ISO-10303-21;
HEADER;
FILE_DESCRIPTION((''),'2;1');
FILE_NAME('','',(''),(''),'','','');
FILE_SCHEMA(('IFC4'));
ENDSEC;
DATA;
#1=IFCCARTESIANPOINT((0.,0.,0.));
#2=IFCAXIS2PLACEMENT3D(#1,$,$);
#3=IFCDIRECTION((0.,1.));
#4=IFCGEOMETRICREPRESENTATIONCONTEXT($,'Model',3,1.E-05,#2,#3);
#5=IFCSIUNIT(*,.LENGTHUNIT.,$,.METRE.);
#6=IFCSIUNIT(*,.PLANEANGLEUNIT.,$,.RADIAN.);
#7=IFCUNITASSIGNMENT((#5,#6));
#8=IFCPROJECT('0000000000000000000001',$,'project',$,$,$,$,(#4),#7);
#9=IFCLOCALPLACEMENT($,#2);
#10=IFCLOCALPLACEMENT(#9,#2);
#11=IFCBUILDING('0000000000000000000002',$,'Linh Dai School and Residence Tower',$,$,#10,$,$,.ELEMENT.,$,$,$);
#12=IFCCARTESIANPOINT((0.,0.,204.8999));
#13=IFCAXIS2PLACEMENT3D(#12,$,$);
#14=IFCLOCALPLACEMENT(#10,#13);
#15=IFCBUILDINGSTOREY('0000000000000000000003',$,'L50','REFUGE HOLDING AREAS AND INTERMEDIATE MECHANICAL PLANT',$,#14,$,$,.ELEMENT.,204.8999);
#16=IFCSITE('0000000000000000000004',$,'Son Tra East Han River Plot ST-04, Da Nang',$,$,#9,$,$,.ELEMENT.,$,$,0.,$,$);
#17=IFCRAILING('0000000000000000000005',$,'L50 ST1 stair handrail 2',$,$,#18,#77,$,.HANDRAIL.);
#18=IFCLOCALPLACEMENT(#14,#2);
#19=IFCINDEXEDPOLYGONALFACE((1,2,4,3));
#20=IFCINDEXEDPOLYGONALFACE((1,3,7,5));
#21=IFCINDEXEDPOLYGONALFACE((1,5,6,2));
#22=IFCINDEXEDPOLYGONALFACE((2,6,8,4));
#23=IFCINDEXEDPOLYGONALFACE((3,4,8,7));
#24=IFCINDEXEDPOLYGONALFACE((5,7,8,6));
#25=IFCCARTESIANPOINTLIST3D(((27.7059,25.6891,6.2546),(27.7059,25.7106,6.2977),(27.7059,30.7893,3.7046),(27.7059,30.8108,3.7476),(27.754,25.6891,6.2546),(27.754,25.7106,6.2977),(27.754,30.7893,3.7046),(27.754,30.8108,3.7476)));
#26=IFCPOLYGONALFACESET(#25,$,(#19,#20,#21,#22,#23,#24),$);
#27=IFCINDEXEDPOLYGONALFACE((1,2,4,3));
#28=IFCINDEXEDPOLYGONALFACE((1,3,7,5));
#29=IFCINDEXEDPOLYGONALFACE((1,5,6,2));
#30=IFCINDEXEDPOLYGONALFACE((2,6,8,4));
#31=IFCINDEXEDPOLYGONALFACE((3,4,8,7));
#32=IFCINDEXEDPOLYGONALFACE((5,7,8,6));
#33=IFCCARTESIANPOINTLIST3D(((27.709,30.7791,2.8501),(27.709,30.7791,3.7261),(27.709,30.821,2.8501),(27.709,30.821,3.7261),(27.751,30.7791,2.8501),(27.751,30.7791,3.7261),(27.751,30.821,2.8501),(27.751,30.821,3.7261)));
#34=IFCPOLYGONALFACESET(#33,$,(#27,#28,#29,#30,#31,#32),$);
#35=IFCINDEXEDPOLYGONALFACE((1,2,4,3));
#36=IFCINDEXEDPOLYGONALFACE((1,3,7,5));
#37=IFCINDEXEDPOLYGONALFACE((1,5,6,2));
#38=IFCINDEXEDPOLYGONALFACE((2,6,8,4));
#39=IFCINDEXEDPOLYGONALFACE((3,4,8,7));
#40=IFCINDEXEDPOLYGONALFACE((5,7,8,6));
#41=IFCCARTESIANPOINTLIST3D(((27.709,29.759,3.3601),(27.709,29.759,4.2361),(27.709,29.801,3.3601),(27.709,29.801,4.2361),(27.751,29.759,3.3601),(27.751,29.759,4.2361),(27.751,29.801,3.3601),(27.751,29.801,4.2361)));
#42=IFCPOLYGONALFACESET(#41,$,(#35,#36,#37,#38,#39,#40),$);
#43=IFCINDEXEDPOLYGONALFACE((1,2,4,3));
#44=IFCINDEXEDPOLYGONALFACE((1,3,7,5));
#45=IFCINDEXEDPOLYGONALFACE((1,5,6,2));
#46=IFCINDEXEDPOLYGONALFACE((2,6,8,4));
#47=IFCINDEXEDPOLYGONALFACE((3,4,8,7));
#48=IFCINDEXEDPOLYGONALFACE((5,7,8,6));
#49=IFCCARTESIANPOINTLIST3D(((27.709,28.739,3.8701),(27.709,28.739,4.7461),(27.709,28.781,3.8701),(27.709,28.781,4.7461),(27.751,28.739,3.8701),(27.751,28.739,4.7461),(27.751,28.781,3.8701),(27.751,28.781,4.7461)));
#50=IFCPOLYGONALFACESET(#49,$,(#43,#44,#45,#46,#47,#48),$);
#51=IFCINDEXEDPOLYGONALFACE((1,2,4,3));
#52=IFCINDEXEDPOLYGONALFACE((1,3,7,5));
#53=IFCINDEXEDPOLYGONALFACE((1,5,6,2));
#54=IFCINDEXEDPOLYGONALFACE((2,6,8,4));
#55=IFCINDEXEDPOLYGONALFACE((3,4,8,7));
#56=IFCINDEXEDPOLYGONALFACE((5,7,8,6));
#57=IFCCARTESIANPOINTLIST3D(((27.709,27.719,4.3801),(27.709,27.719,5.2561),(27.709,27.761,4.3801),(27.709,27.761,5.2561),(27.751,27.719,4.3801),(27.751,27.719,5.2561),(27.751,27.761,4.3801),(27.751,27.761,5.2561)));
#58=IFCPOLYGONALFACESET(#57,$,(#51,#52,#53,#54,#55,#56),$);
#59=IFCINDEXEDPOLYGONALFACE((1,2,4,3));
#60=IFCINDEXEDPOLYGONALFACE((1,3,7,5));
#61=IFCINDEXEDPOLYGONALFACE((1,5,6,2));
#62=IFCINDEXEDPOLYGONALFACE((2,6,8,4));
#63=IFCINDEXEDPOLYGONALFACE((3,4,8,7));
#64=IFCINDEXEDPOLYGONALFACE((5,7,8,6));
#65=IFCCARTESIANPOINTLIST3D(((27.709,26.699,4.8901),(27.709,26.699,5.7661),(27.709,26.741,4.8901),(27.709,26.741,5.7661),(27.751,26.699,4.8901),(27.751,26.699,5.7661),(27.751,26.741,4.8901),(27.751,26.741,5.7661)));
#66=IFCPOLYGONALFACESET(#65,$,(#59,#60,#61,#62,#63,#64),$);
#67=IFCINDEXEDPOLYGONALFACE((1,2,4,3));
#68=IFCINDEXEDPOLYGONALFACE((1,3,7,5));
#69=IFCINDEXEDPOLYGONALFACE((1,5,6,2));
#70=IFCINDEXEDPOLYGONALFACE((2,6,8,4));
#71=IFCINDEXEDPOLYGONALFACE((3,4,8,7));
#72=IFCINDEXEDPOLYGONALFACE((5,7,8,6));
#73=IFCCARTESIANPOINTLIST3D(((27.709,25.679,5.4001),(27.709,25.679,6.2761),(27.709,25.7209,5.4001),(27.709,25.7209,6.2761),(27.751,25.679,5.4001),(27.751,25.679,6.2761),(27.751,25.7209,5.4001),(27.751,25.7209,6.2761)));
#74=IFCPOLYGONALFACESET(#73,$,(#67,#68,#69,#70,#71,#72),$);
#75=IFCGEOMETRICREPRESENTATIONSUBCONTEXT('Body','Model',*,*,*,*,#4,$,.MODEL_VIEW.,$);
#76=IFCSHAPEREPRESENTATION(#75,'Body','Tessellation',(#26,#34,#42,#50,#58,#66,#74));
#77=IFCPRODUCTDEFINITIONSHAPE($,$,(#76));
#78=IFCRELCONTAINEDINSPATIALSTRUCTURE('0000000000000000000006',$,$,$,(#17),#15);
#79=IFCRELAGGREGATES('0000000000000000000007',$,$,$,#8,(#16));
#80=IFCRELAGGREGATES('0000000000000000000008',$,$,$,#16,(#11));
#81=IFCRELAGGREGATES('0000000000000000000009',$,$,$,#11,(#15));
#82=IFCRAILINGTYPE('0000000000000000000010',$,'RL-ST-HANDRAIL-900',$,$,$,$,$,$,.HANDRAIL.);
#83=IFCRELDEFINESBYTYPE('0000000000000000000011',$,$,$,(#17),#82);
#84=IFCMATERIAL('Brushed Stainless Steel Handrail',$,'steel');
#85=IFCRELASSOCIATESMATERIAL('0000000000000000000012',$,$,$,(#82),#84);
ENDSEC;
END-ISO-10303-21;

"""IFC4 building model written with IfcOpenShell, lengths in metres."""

from ifc_helpers import new_model, si_unit, direction, frame, origin, origin_2d, place, context, subcontext, project, spatial, rectangle, extrude, source, transform, mapped, material, type_object, element, save


model = new_model("IFC4")

# Units and contexts
model_context = context("Model", 3, precision=1e-05, world=origin(), true_north=direction((0.0, 1.0)))
body_context = subcontext(model_context, "Body", "Model", "MODEL_VIEW")
ifc_project = project(units=[si_unit("LENGTHUNIT", "METRE"), si_unit("PLANEANGLEUNIT", "RADIAN")], contexts=[model_context])

# Site, building, storey
site_placement = place(None, origin())
site = spatial("IfcSite", under=ifc_project, at=site_placement, Name="Son Tra East Han River Plot ST-04, Da Nang", CompositionType="ELEMENT", RefElevation=0.0)
building_placement = place(site_placement, origin())
building = spatial("IfcBuilding", under=site, at=building_placement, Name="Linh Dai School and Residence Tower", CompositionType="ELEMENT")
storey_placement = place(building_placement, frame((0.0, 0.0, 204.8999)))
storey = spatial("IfcBuildingStorey", under=building, at=storey_placement, Name="L50", Description="REFUGE HOLDING AREAS AND INTERMEDIATE MECHANICAL PLANT", CompositionType="ELEMENT", Elevation=204.8999)

# Railing
ifc_material_1 = material(Name="Brushed Stainless Steel Handrail", Category="steel")
railing_type_1 = type_object("IfcRailingType", Name="RL-ST-HANDRAIL-900", PredefinedType="HANDRAIL", material=ifc_material_1)
shared_shape_1 = source(origin(), body_context, "Body", "SweptSolid", [
    extrude(rectangle(XDim=0.0481, YDim=0.0481, at=origin_2d()), frame((0.0, 0.0, 0.876), z_axis=(0.0, -0.894427, 0.447214), x_axis=(1.0, 0.0, 0.0)), (0.0, 0.0, 1.0), 5.7021),
    extrude(rectangle(XDim=0.042, YDim=0.042, at=origin_2d()), origin(), (0.0, 0.0, 1.0), 0.876),
    extrude(rectangle(XDim=0.042, YDim=0.042, at=origin_2d()), frame((0.0, -1.02, 0.51)), (0.0, 0.0, 1.0), 0.876),
    extrude(rectangle(XDim=0.042, YDim=0.042, at=origin_2d()), frame((0.0, -2.04, 1.02)), (0.0, 0.0, 1.0), 0.876),
    extrude(rectangle(XDim=0.042, YDim=0.042, at=origin_2d()), frame((0.0, -3.0601, 1.53)), (0.0, 0.0, 1.0), 0.876),
    extrude(rectangle(XDim=0.042, YDim=0.042, at=origin_2d()), frame((0.0, -4.0801, 2.04)), (0.0, 0.0, 1.0), 0.876),
    extrude(rectangle(XDim=0.042, YDim=0.042, at=origin_2d()), frame((0.0, -5.1001, 2.55)), (0.0, 0.0, 1.0), 0.876),
])
railing_1_placement = place(storey_placement, frame((27.73, 30.8, 2.8501)))
element("IfcRailing", 1, at=railing_1_placement, inside=storey, type_object=railing_type_1, Name="L50 ST1 stair handrail 2", PredefinedType="HANDRAIL", context=body_context, shape_type="MappedRepresentation", body=[
    mapped(shared_shape_1, transform((0.0, 0.0, 0.0), x_axis=(1.0, 0.0, 0.0), y_axis=(0.0, 1.0, 0.0), z_axis=(0.0, 0.0, 1.0), scale=1.0)),
])

save(model, "model.ifc")
